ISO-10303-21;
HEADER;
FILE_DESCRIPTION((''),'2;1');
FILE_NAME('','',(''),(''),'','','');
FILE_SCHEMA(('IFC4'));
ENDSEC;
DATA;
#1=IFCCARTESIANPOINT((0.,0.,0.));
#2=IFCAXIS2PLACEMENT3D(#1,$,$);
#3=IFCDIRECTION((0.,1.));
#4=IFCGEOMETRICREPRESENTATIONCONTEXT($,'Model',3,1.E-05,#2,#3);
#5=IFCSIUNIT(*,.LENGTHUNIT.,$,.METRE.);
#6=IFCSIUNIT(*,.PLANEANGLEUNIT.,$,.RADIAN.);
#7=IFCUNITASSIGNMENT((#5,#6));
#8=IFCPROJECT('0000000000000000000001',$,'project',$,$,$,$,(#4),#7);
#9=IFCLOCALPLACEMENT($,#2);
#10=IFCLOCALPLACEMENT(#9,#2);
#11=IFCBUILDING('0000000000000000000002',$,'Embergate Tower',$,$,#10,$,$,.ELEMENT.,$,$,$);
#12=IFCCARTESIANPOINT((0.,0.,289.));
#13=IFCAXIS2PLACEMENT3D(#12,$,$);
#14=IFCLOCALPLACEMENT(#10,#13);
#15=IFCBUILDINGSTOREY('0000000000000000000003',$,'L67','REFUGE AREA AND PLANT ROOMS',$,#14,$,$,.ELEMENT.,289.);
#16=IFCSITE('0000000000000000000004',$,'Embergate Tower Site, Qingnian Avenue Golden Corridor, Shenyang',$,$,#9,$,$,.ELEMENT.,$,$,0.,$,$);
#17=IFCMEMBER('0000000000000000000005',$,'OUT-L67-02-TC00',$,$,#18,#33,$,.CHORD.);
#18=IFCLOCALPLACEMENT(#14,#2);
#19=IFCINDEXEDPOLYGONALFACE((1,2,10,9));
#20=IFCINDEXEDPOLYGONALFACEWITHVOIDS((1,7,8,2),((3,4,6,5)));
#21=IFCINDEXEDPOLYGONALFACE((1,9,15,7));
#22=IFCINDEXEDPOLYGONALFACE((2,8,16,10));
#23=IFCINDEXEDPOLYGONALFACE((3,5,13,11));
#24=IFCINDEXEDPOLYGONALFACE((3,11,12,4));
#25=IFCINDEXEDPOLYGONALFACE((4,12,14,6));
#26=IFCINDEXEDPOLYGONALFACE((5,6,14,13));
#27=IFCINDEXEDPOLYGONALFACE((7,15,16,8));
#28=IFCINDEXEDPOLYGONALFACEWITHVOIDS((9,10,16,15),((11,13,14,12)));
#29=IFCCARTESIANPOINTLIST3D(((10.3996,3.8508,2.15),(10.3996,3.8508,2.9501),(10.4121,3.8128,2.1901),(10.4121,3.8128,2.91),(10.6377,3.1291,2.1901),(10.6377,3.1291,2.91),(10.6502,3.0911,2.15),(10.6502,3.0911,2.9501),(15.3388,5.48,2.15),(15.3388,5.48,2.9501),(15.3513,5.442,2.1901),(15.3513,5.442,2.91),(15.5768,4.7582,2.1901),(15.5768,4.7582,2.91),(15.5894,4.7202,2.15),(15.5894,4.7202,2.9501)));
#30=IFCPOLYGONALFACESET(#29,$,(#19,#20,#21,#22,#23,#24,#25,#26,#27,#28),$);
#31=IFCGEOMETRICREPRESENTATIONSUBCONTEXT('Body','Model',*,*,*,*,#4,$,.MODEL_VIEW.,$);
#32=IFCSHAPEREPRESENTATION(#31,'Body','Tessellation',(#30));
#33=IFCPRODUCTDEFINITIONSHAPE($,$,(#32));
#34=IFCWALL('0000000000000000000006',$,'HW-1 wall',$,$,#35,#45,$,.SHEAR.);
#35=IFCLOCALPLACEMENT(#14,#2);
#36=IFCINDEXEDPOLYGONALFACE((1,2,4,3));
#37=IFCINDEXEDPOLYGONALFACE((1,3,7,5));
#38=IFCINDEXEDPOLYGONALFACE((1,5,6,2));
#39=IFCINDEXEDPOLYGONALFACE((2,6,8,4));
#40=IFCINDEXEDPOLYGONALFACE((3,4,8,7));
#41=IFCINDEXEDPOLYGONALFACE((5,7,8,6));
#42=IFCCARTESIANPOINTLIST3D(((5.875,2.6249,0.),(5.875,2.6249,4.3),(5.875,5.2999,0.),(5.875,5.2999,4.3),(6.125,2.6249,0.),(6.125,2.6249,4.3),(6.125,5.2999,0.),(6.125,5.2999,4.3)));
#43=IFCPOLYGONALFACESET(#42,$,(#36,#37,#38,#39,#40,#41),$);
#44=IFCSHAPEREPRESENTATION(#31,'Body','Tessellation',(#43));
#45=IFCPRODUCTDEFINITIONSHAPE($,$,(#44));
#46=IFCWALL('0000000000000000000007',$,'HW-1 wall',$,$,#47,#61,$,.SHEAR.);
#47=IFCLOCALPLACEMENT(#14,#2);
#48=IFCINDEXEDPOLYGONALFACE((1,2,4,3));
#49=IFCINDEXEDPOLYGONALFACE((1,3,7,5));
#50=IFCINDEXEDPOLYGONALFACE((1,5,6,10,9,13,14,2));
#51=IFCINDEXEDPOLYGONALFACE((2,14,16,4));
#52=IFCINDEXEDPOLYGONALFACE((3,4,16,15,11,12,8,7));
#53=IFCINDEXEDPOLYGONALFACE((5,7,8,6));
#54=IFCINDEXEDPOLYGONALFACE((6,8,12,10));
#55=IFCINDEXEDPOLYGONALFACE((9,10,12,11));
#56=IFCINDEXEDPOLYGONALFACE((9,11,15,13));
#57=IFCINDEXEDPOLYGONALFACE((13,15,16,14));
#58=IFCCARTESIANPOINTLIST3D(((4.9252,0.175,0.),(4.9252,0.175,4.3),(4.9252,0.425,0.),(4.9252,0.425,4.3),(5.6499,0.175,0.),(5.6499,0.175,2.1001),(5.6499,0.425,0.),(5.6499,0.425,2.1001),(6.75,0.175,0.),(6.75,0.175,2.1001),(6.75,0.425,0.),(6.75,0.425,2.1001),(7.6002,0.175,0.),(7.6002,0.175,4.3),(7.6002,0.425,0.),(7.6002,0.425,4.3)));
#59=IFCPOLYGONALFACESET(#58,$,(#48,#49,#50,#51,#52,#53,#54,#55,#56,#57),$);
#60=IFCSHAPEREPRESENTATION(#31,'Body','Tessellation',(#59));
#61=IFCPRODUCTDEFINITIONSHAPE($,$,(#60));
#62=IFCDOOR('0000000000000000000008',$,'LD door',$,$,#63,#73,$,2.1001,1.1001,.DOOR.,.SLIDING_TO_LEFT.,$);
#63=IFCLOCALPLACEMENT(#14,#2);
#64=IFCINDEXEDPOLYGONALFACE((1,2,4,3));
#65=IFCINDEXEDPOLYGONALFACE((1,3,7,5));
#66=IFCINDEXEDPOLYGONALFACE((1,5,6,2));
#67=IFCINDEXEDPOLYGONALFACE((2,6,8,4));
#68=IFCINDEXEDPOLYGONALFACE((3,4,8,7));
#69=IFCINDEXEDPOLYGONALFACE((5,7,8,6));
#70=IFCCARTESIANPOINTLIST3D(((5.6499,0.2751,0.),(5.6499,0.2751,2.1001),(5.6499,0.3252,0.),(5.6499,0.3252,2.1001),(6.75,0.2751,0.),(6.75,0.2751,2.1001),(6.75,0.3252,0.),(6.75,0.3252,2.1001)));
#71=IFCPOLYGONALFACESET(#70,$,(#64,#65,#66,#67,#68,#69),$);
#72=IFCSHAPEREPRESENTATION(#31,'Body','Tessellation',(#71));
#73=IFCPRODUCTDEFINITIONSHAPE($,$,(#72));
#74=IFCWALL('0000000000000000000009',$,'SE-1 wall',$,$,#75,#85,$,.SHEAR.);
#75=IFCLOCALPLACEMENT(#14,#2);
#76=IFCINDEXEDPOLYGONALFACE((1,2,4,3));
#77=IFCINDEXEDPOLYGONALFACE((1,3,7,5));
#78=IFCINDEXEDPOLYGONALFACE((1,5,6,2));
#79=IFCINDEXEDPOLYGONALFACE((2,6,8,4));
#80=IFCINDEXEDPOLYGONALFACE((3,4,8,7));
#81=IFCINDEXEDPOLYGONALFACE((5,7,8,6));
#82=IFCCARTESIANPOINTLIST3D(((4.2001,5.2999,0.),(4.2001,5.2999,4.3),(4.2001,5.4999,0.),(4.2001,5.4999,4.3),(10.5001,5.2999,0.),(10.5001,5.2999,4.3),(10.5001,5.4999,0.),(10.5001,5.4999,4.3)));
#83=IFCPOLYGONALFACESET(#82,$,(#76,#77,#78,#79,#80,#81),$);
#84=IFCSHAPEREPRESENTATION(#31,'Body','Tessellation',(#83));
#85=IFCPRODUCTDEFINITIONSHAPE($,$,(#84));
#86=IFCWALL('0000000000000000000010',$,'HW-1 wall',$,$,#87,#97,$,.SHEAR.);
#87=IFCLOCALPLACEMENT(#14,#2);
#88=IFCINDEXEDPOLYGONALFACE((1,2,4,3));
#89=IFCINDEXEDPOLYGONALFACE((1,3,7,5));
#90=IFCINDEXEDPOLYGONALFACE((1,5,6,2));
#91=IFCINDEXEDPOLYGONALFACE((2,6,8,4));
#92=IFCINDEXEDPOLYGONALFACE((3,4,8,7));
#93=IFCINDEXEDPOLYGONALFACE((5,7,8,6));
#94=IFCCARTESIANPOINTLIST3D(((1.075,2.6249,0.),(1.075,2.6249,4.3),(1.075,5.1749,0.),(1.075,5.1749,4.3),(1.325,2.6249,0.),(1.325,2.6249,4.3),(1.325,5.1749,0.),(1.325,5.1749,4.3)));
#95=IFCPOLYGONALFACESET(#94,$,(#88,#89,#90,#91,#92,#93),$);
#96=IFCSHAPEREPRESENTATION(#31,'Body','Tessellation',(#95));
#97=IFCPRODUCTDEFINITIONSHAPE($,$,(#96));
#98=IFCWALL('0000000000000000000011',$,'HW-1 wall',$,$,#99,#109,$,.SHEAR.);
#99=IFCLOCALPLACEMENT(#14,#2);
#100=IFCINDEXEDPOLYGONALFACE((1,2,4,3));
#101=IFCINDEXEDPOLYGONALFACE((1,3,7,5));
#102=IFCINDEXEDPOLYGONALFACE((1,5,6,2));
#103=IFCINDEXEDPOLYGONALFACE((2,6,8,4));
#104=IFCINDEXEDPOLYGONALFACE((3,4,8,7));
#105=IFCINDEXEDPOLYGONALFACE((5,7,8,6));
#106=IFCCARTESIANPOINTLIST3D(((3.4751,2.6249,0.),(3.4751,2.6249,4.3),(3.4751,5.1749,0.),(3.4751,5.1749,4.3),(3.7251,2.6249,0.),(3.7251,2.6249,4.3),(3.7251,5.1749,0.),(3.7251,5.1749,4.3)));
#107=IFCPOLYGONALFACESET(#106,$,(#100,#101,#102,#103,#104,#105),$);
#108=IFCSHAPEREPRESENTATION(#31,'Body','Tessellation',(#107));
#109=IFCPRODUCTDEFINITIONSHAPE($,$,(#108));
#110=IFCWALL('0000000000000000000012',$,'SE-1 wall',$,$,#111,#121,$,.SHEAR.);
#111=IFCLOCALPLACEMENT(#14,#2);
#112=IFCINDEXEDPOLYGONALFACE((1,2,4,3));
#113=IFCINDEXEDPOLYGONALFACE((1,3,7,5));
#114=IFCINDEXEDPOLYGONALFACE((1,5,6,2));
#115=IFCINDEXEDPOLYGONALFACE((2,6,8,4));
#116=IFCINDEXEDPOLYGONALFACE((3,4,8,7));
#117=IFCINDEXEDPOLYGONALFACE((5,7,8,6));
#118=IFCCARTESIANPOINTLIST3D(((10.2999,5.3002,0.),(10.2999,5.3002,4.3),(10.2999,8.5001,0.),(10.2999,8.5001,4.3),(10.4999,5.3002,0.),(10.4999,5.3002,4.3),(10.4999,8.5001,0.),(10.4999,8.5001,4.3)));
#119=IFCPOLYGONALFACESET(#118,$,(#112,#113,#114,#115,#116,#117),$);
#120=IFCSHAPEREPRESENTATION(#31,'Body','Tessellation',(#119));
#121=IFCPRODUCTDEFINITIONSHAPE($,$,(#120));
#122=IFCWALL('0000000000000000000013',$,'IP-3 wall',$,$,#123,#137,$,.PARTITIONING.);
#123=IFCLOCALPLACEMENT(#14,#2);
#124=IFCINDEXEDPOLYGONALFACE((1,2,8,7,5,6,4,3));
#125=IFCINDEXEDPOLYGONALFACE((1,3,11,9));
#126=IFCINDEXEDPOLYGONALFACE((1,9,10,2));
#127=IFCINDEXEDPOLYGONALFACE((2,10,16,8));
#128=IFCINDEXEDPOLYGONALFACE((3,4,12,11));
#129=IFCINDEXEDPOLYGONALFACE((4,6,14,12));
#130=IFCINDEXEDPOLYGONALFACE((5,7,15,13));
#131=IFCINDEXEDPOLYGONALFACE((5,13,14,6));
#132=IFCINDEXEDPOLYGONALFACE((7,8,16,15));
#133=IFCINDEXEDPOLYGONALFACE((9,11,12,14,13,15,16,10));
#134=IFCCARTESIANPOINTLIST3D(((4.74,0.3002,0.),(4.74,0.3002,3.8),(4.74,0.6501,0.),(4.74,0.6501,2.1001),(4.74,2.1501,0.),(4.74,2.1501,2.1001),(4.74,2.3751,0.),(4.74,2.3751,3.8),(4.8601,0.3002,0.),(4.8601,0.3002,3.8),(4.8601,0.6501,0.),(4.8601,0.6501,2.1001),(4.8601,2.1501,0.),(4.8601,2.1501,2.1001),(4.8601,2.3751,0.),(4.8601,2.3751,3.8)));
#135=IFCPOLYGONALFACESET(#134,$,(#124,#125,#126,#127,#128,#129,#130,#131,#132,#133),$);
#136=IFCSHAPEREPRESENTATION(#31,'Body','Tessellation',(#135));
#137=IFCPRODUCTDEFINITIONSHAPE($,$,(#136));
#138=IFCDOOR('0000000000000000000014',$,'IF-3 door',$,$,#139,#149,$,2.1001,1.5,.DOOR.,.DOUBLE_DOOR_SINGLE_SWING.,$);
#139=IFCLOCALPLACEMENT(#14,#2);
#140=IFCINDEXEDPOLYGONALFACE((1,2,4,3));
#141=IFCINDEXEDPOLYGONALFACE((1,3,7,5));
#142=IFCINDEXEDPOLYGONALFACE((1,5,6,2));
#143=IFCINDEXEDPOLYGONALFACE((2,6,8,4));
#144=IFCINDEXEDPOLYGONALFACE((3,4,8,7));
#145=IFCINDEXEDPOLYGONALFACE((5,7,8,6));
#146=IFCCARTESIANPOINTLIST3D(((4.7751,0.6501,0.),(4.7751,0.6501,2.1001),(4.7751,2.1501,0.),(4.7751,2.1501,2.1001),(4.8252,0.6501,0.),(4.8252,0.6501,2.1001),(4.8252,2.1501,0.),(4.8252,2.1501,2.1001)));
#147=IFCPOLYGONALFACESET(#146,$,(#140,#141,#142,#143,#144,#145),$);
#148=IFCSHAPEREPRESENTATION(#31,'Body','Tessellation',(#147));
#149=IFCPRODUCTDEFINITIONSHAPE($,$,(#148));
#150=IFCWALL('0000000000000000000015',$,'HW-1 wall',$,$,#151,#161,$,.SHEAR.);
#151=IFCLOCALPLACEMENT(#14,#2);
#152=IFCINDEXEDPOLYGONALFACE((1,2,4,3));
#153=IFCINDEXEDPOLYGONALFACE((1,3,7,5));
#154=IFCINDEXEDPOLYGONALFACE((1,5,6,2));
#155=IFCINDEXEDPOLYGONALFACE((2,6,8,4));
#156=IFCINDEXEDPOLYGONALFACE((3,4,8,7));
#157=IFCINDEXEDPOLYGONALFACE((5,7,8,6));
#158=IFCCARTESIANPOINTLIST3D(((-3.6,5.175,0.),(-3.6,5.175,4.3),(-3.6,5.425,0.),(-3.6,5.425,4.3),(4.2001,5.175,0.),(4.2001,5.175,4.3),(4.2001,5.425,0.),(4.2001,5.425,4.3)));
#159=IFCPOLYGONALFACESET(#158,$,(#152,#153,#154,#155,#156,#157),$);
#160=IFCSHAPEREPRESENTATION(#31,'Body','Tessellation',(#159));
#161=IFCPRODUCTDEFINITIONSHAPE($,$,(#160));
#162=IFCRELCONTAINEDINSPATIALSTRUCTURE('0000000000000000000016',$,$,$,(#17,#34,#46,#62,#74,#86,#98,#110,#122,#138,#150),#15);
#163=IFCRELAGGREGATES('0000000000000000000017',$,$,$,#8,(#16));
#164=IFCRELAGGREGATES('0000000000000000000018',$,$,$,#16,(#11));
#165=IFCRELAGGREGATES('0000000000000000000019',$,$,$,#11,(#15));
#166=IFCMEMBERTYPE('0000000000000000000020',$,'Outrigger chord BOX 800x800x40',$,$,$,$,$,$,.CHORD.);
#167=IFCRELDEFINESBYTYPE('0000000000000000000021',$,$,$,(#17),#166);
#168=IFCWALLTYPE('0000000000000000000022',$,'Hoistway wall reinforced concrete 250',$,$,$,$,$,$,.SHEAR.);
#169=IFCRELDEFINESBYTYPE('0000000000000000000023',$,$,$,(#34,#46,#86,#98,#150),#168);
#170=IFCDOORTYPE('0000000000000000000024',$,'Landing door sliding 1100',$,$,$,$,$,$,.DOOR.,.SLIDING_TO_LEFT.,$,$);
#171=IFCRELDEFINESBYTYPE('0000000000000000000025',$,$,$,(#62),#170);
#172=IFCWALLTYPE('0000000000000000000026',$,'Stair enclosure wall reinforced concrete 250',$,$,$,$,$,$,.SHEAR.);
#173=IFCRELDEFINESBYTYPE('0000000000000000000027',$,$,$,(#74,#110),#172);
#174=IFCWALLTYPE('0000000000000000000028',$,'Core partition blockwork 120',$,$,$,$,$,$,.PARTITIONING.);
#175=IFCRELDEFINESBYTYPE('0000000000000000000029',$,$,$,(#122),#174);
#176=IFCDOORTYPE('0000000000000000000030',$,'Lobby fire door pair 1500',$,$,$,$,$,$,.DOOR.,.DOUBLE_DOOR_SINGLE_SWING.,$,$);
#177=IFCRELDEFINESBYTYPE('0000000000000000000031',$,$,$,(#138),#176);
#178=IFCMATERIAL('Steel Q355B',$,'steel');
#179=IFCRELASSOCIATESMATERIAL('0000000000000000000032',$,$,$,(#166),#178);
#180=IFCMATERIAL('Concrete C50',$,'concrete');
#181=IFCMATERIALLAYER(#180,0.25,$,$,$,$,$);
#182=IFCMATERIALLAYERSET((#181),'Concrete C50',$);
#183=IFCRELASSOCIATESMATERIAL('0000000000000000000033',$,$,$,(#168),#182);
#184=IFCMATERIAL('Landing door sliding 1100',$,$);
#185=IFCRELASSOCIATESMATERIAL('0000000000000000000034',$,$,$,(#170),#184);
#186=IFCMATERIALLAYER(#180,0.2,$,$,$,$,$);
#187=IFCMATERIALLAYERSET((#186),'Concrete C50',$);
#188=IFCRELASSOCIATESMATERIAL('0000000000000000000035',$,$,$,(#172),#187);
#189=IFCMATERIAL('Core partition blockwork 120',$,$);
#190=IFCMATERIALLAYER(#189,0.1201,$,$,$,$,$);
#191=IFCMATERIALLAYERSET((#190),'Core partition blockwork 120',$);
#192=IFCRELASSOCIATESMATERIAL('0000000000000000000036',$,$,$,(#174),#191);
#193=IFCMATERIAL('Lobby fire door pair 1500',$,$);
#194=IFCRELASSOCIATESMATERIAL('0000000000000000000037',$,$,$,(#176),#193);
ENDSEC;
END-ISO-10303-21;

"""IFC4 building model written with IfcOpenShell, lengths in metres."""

from ifc_helpers import new_model, si_unit, direction, frame, frame_2d, origin, origin_2d, place, context, subcontext, project, spatial, rectangle, hollow_rectangle, extrude, source, transform, mapped, material, layer, layer_set, material_profile, profile_set, type_object, element, fill, save


model = new_model("IFC4")

# Units and contexts
model_context = context("Model", 3, precision=1e-05, world=origin(), true_north=direction((0.0, 1.0)))
body_context = subcontext(model_context, "Body", "Model", "MODEL_VIEW")
ifc_project = project(units=[si_unit("LENGTHUNIT", "METRE"), si_unit("PLANEANGLEUNIT", "RADIAN")], contexts=[model_context])

# Site, building, storey
site_placement = place(None, origin())
site = spatial("IfcSite", under=ifc_project, at=site_placement, Name="Embergate Tower Site, Qingnian Avenue Golden Corridor, Shenyang", CompositionType="ELEMENT", RefElevation=0.0)
building_placement = place(site_placement, origin())
building = spatial("IfcBuilding", under=site, at=building_placement, Name="Embergate Tower", CompositionType="ELEMENT")
storey_placement = place(building_placement, frame((0.0, 0.0, 289.0)))
storey = spatial("IfcBuildingStorey", under=building, at=storey_placement, Name="L67", Description="REFUGE AREA AND PLANT ROOMS", CompositionType="ELEMENT", Elevation=289.0)

# Member
ifc_material_1 = material(Name="Steel Q355B", Category="steel")
ifc_material_profile = material_profile(ifc_material_1, hollow_rectangle(XDim=0.8, YDim=0.8, WallThickness=0.04, at=origin_2d()), Name="BOX 800x800x40")
ifc_profile_set = profile_set([ifc_material_profile], Name="Steel Q355 grade B")
member_type = type_object("IfcMemberType", Name="Outrigger chord BOX 800x800x40", PredefinedType="CHORD", material=ifc_profile_set)
shared_shape_1 = source(origin(), body_context, "Body", "SweptSolid", [
    extrude(hollow_rectangle(XDim=0.8, YDim=0.8, WallThickness=0.04, at=origin_2d()), origin(), (0.0, 0.0, 1.0), 5.2009),
])
member_placement = place(storey_placement, frame((10.5249, 3.4709, 2.55), z_axis=(0.949674, 0.313241, 0.0), x_axis=(-0.313241, 0.949674, 0.0)))
element("IfcMember", 1, at=member_placement, inside=storey, type_object=member_type, Name="OUT-L67-02-TC00", PredefinedType="CHORD", context=body_context, shape_type="MappedRepresentation", body=[
    mapped(shared_shape_1, transform((0.0, 0.0, 0.0))),
])

# Wall
ifc_material_2 = material(Name="Concrete C50", Category="concrete")
ifc_layer_1 = layer(ifc_material_2, 0.25)
ifc_layer_set_1 = layer_set([ifc_layer_1], Name="Concrete C50")
wall_type_1 = type_object("IfcWallType", Name="Hoistway wall reinforced concrete 250", PredefinedType="SHEAR", material=ifc_layer_set_1)
shared_shape_2 = source(origin(), body_context, "Body", "SweptSolid", [
    extrude(rectangle(XDim=2.675, YDim=0.25, at=frame_2d((1.3374, 0.0))), origin(), (0.0, 0.0, 1.0), 4.3),
])
wall_1_placement = place(storey_placement, frame((6.0, 2.625, 0.0), z_axis=(0.0, 0.0, 1.0), x_axis=(0.0, 1.0, 0.0)))
element("IfcWall", 2, at=wall_1_placement, inside=storey, type_object=wall_type_1, Name="HW-1 wall", PredefinedType="SHEAR", context=body_context, shape_type="MappedRepresentation", body=[
    mapped(shared_shape_2, transform((0.0, 0.0, 0.0))),
])

# Wall, opening, door
wall_2_placement = place(storey_placement, frame((7.6001, 0.3, 0.0), z_axis=(0.0, 0.0, 1.0), x_axis=(-1.0, 0.0, 0.0)))
wall_2 = element("IfcWall", 3, at=wall_2_placement, inside=storey, type_object=wall_type_1, Name="HW-1 wall", PredefinedType="SHEAR", context=body_context, shape_type="MappedRepresentation", body=[
    mapped(shared_shape_2, transform((0.0, 0.0, 0.0))),
])
shared_shape_3 = source(origin(), body_context, "Body", "SweptSolid", [
    extrude(rectangle(XDim=1.1001, YDim=2.1001, at=frame_2d((0.55, 1.05))), frame((0.0, 0.135, 0.0), z_axis=(0.0, -1.0, 0.0), x_axis=(1.0, 0.0, 0.0)), (0.0, 0.0, 1.0), 0.27),
])
opening_1_placement = place(wall_2_placement, frame((0.8501, 0.0, 0.0)))
opening_1 = element("IfcOpeningElement", 4, at=opening_1_placement, cuts=wall_2, PredefinedType="OPENING", context=body_context, shape_type="MappedRepresentation", body=[
    mapped(shared_shape_3, transform((0.0, 0.0, 0.0))),
])
ifc_material_3 = material(Name="Landing door sliding 1100")
door_type_1 = type_object("IfcDoorType", Name="Landing door sliding 1100", OperationType="SLIDING_TO_LEFT", PredefinedType="DOOR", material=ifc_material_3)
shared_shape_4 = source(origin(), body_context, "Body", "SweptSolid", [
    extrude(rectangle(XDim=1.1001, YDim=2.1001, at=frame_2d((0.55, 1.05))), frame((0.0, 0.0249, 0.0), z_axis=(0.0, -1.0, 0.0), x_axis=(1.0, 0.0, 0.0)), (0.0, 0.0, 1.0), 0.05),
])
door_1_placement = place(opening_1_placement, origin())
door_1 = element("IfcDoor", 5, at=door_1_placement, inside=storey, type_object=door_type_1, Name="LD door", OperationType="SLIDING_TO_LEFT", OverallHeight=2.1001, OverallWidth=1.1001, PredefinedType="DOOR", context=body_context, shape_type="MappedRepresentation", body=[
    mapped(shared_shape_4, transform((0.0, 0.0, 0.0))),
])
fill(opening_1, door_1)

# Walls
ifc_layer_2 = layer(ifc_material_2, 0.2)
ifc_layer_set_2 = layer_set([ifc_layer_2], Name="Concrete C50")
wall_type_2 = type_object("IfcWallType", Name="Stair enclosure wall reinforced concrete 250", PredefinedType="SHEAR", material=ifc_layer_set_2)
shared_shape_5 = source(origin(), body_context, "Body", "SweptSolid", [
    extrude(rectangle(XDim=6.3, YDim=0.2, at=frame_2d((3.1499, 0.0))), origin(), (0.0, 0.0, 1.0), 4.3),
])
wall_3_placement = place(storey_placement, frame((10.5, 5.3999, 0.0), z_axis=(0.0, 0.0, 1.0), x_axis=(-1.0, 0.0, 0.0)))
element("IfcWall", 6, at=wall_3_placement, inside=storey, type_object=wall_type_2, Name="SE-1 wall", PredefinedType="SHEAR", context=body_context, shape_type="MappedRepresentation", body=[
    mapped(shared_shape_5, transform((0.0, 0.0, 0.0))),
])
shared_shape_6 = source(origin(), body_context, "Body", "SweptSolid", [
    extrude(rectangle(XDim=2.55, YDim=0.25, at=frame_2d((1.2749, 0.0))), origin(), (0.0, 0.0, 1.0), 4.3),
])
for number, where, z_axis, x_axis, name in (
    (7, (1.2, 2.625, 0.0), (0.0, 0.0, 1.0), (0.0, 1.0, 0.0), "HW-1 wall"),
    (8, (3.6001, 2.625, 0.0), (0.0, 0.0, 1.0), (0.0, 1.0, 0.0), "HW-1 wall"),
):
    element("IfcWall", number, at=place(storey_placement, frame(where, z_axis=z_axis, x_axis=x_axis)), inside=storey, type_object=wall_type_1, Name=name, PredefinedType="SHEAR", context=body_context, shape_type="MappedRepresentation", body=[
        mapped(shared_shape_6, transform((0.0, 0.0, 0.0))),
    ])
shared_shape_7 = source(origin(), body_context, "Body", "SweptSolid", [
    extrude(rectangle(XDim=3.2, YDim=0.2, at=frame_2d((1.6001, 0.0))), origin(), (0.0, 0.0, 1.0), 4.3),
])
wall_4_placement = place(storey_placement, frame((10.3999, 5.3, 0.0), z_axis=(0.0, 0.0, 1.0), x_axis=(0.0, 1.0, 0.0)))
element("IfcWall", 9, at=wall_4_placement, inside=storey, type_object=wall_type_2, Name="SE-1 wall", PredefinedType="SHEAR", context=body_context, shape_type="MappedRepresentation", body=[
    mapped(shared_shape_7, transform((0.0, 0.0, 0.0))),
])

# Wall, opening, door
ifc_material_4 = material(Name="Core partition blockwork 120")
ifc_layer_3 = layer(ifc_material_4, 0.1201)
ifc_layer_set_3 = layer_set([ifc_layer_3], Name="Core partition blockwork 120")
wall_type_3 = type_object("IfcWallType", Name="Core partition blockwork 120", PredefinedType="PARTITIONING", material=ifc_layer_set_3)
shared_shape_8 = source(origin(), body_context, "Body", "SweptSolid", [
    extrude(rectangle(XDim=2.075, YDim=0.1201, at=frame_2d((1.0376, 0.0))), origin(), (0.0, 0.0, 1.0), 3.8),
])
wall_5_placement = place(storey_placement, frame((4.8, 0.3, 0.0), z_axis=(0.0, 0.0, 1.0), x_axis=(0.0, 1.0, 0.0)))
wall_5 = element("IfcWall", 10, at=wall_5_placement, inside=storey, type_object=wall_type_3, Name="IP-3 wall", PredefinedType="PARTITIONING", context=body_context, shape_type="MappedRepresentation", body=[
    mapped(shared_shape_8, transform((0.0, 0.0, 0.0))),
])
shared_shape_9 = source(origin(), body_context, "Body", "SweptSolid", [
    extrude(rectangle(XDim=1.5, YDim=2.1001, at=frame_2d((0.75, 1.05))), frame((0.0, 0.0701, 0.0), z_axis=(0.0, -1.0, 0.0), x_axis=(1.0, 0.0, 0.0)), (0.0, 0.0, 1.0), 0.1401),
])
opening_2_placement = place(wall_5_placement, frame((0.3501, 0.0, 0.0)))
opening_2 = element("IfcOpeningElement", 11, at=opening_2_placement, cuts=wall_5, PredefinedType="OPENING", context=body_context, shape_type="MappedRepresentation", body=[
    mapped(shared_shape_9, transform((0.0, 0.0, 0.0))),
])
ifc_material_5 = material(Name="Lobby fire door pair 1500")
door_type_2 = type_object("IfcDoorType", Name="Lobby fire door pair 1500", OperationType="DOUBLE_DOOR_SINGLE_SWING", PredefinedType="DOOR", material=ifc_material_5)
shared_shape_10 = source(origin(), body_context, "Body", "SweptSolid", [
    extrude(rectangle(XDim=1.5, YDim=2.1001, at=frame_2d((0.75, 1.05))), frame((0.0, 0.0249, 0.0), z_axis=(0.0, -1.0, 0.0), x_axis=(1.0, 0.0, 0.0)), (0.0, 0.0, 1.0), 0.05),
])
door_2_placement = place(opening_2_placement, origin())
door_2 = element("IfcDoor", 12, at=door_2_placement, inside=storey, type_object=door_type_2, Name="IF-3 door", OperationType="DOUBLE_DOOR_SINGLE_SWING", OverallHeight=2.1001, OverallWidth=1.5, PredefinedType="DOOR", context=body_context, shape_type="MappedRepresentation", body=[
    mapped(shared_shape_10, transform((0.0, 0.0, 0.0))),
])
fill(opening_2, door_2)

# Wall
shared_shape_11 = source(origin(), body_context, "Body", "SweptSolid", [
    extrude(rectangle(XDim=7.8, YDim=0.25, at=frame_2d((3.8999, 0.0))), origin(), (0.0, 0.0, 1.0), 4.3),
])
wall_6_placement = place(storey_placement, frame((4.2, 5.3, 0.0), z_axis=(0.0, 0.0, 1.0), x_axis=(-1.0, 0.0, 0.0)))
element("IfcWall", 13, at=wall_6_placement, inside=storey, type_object=wall_type_1, Name="HW-1 wall", PredefinedType="SHEAR", context=body_context, shape_type="MappedRepresentation", body=[
    mapped(shared_shape_11, transform((0.0, 0.0, 0.0))),
])

save(model, "model.ifc")
